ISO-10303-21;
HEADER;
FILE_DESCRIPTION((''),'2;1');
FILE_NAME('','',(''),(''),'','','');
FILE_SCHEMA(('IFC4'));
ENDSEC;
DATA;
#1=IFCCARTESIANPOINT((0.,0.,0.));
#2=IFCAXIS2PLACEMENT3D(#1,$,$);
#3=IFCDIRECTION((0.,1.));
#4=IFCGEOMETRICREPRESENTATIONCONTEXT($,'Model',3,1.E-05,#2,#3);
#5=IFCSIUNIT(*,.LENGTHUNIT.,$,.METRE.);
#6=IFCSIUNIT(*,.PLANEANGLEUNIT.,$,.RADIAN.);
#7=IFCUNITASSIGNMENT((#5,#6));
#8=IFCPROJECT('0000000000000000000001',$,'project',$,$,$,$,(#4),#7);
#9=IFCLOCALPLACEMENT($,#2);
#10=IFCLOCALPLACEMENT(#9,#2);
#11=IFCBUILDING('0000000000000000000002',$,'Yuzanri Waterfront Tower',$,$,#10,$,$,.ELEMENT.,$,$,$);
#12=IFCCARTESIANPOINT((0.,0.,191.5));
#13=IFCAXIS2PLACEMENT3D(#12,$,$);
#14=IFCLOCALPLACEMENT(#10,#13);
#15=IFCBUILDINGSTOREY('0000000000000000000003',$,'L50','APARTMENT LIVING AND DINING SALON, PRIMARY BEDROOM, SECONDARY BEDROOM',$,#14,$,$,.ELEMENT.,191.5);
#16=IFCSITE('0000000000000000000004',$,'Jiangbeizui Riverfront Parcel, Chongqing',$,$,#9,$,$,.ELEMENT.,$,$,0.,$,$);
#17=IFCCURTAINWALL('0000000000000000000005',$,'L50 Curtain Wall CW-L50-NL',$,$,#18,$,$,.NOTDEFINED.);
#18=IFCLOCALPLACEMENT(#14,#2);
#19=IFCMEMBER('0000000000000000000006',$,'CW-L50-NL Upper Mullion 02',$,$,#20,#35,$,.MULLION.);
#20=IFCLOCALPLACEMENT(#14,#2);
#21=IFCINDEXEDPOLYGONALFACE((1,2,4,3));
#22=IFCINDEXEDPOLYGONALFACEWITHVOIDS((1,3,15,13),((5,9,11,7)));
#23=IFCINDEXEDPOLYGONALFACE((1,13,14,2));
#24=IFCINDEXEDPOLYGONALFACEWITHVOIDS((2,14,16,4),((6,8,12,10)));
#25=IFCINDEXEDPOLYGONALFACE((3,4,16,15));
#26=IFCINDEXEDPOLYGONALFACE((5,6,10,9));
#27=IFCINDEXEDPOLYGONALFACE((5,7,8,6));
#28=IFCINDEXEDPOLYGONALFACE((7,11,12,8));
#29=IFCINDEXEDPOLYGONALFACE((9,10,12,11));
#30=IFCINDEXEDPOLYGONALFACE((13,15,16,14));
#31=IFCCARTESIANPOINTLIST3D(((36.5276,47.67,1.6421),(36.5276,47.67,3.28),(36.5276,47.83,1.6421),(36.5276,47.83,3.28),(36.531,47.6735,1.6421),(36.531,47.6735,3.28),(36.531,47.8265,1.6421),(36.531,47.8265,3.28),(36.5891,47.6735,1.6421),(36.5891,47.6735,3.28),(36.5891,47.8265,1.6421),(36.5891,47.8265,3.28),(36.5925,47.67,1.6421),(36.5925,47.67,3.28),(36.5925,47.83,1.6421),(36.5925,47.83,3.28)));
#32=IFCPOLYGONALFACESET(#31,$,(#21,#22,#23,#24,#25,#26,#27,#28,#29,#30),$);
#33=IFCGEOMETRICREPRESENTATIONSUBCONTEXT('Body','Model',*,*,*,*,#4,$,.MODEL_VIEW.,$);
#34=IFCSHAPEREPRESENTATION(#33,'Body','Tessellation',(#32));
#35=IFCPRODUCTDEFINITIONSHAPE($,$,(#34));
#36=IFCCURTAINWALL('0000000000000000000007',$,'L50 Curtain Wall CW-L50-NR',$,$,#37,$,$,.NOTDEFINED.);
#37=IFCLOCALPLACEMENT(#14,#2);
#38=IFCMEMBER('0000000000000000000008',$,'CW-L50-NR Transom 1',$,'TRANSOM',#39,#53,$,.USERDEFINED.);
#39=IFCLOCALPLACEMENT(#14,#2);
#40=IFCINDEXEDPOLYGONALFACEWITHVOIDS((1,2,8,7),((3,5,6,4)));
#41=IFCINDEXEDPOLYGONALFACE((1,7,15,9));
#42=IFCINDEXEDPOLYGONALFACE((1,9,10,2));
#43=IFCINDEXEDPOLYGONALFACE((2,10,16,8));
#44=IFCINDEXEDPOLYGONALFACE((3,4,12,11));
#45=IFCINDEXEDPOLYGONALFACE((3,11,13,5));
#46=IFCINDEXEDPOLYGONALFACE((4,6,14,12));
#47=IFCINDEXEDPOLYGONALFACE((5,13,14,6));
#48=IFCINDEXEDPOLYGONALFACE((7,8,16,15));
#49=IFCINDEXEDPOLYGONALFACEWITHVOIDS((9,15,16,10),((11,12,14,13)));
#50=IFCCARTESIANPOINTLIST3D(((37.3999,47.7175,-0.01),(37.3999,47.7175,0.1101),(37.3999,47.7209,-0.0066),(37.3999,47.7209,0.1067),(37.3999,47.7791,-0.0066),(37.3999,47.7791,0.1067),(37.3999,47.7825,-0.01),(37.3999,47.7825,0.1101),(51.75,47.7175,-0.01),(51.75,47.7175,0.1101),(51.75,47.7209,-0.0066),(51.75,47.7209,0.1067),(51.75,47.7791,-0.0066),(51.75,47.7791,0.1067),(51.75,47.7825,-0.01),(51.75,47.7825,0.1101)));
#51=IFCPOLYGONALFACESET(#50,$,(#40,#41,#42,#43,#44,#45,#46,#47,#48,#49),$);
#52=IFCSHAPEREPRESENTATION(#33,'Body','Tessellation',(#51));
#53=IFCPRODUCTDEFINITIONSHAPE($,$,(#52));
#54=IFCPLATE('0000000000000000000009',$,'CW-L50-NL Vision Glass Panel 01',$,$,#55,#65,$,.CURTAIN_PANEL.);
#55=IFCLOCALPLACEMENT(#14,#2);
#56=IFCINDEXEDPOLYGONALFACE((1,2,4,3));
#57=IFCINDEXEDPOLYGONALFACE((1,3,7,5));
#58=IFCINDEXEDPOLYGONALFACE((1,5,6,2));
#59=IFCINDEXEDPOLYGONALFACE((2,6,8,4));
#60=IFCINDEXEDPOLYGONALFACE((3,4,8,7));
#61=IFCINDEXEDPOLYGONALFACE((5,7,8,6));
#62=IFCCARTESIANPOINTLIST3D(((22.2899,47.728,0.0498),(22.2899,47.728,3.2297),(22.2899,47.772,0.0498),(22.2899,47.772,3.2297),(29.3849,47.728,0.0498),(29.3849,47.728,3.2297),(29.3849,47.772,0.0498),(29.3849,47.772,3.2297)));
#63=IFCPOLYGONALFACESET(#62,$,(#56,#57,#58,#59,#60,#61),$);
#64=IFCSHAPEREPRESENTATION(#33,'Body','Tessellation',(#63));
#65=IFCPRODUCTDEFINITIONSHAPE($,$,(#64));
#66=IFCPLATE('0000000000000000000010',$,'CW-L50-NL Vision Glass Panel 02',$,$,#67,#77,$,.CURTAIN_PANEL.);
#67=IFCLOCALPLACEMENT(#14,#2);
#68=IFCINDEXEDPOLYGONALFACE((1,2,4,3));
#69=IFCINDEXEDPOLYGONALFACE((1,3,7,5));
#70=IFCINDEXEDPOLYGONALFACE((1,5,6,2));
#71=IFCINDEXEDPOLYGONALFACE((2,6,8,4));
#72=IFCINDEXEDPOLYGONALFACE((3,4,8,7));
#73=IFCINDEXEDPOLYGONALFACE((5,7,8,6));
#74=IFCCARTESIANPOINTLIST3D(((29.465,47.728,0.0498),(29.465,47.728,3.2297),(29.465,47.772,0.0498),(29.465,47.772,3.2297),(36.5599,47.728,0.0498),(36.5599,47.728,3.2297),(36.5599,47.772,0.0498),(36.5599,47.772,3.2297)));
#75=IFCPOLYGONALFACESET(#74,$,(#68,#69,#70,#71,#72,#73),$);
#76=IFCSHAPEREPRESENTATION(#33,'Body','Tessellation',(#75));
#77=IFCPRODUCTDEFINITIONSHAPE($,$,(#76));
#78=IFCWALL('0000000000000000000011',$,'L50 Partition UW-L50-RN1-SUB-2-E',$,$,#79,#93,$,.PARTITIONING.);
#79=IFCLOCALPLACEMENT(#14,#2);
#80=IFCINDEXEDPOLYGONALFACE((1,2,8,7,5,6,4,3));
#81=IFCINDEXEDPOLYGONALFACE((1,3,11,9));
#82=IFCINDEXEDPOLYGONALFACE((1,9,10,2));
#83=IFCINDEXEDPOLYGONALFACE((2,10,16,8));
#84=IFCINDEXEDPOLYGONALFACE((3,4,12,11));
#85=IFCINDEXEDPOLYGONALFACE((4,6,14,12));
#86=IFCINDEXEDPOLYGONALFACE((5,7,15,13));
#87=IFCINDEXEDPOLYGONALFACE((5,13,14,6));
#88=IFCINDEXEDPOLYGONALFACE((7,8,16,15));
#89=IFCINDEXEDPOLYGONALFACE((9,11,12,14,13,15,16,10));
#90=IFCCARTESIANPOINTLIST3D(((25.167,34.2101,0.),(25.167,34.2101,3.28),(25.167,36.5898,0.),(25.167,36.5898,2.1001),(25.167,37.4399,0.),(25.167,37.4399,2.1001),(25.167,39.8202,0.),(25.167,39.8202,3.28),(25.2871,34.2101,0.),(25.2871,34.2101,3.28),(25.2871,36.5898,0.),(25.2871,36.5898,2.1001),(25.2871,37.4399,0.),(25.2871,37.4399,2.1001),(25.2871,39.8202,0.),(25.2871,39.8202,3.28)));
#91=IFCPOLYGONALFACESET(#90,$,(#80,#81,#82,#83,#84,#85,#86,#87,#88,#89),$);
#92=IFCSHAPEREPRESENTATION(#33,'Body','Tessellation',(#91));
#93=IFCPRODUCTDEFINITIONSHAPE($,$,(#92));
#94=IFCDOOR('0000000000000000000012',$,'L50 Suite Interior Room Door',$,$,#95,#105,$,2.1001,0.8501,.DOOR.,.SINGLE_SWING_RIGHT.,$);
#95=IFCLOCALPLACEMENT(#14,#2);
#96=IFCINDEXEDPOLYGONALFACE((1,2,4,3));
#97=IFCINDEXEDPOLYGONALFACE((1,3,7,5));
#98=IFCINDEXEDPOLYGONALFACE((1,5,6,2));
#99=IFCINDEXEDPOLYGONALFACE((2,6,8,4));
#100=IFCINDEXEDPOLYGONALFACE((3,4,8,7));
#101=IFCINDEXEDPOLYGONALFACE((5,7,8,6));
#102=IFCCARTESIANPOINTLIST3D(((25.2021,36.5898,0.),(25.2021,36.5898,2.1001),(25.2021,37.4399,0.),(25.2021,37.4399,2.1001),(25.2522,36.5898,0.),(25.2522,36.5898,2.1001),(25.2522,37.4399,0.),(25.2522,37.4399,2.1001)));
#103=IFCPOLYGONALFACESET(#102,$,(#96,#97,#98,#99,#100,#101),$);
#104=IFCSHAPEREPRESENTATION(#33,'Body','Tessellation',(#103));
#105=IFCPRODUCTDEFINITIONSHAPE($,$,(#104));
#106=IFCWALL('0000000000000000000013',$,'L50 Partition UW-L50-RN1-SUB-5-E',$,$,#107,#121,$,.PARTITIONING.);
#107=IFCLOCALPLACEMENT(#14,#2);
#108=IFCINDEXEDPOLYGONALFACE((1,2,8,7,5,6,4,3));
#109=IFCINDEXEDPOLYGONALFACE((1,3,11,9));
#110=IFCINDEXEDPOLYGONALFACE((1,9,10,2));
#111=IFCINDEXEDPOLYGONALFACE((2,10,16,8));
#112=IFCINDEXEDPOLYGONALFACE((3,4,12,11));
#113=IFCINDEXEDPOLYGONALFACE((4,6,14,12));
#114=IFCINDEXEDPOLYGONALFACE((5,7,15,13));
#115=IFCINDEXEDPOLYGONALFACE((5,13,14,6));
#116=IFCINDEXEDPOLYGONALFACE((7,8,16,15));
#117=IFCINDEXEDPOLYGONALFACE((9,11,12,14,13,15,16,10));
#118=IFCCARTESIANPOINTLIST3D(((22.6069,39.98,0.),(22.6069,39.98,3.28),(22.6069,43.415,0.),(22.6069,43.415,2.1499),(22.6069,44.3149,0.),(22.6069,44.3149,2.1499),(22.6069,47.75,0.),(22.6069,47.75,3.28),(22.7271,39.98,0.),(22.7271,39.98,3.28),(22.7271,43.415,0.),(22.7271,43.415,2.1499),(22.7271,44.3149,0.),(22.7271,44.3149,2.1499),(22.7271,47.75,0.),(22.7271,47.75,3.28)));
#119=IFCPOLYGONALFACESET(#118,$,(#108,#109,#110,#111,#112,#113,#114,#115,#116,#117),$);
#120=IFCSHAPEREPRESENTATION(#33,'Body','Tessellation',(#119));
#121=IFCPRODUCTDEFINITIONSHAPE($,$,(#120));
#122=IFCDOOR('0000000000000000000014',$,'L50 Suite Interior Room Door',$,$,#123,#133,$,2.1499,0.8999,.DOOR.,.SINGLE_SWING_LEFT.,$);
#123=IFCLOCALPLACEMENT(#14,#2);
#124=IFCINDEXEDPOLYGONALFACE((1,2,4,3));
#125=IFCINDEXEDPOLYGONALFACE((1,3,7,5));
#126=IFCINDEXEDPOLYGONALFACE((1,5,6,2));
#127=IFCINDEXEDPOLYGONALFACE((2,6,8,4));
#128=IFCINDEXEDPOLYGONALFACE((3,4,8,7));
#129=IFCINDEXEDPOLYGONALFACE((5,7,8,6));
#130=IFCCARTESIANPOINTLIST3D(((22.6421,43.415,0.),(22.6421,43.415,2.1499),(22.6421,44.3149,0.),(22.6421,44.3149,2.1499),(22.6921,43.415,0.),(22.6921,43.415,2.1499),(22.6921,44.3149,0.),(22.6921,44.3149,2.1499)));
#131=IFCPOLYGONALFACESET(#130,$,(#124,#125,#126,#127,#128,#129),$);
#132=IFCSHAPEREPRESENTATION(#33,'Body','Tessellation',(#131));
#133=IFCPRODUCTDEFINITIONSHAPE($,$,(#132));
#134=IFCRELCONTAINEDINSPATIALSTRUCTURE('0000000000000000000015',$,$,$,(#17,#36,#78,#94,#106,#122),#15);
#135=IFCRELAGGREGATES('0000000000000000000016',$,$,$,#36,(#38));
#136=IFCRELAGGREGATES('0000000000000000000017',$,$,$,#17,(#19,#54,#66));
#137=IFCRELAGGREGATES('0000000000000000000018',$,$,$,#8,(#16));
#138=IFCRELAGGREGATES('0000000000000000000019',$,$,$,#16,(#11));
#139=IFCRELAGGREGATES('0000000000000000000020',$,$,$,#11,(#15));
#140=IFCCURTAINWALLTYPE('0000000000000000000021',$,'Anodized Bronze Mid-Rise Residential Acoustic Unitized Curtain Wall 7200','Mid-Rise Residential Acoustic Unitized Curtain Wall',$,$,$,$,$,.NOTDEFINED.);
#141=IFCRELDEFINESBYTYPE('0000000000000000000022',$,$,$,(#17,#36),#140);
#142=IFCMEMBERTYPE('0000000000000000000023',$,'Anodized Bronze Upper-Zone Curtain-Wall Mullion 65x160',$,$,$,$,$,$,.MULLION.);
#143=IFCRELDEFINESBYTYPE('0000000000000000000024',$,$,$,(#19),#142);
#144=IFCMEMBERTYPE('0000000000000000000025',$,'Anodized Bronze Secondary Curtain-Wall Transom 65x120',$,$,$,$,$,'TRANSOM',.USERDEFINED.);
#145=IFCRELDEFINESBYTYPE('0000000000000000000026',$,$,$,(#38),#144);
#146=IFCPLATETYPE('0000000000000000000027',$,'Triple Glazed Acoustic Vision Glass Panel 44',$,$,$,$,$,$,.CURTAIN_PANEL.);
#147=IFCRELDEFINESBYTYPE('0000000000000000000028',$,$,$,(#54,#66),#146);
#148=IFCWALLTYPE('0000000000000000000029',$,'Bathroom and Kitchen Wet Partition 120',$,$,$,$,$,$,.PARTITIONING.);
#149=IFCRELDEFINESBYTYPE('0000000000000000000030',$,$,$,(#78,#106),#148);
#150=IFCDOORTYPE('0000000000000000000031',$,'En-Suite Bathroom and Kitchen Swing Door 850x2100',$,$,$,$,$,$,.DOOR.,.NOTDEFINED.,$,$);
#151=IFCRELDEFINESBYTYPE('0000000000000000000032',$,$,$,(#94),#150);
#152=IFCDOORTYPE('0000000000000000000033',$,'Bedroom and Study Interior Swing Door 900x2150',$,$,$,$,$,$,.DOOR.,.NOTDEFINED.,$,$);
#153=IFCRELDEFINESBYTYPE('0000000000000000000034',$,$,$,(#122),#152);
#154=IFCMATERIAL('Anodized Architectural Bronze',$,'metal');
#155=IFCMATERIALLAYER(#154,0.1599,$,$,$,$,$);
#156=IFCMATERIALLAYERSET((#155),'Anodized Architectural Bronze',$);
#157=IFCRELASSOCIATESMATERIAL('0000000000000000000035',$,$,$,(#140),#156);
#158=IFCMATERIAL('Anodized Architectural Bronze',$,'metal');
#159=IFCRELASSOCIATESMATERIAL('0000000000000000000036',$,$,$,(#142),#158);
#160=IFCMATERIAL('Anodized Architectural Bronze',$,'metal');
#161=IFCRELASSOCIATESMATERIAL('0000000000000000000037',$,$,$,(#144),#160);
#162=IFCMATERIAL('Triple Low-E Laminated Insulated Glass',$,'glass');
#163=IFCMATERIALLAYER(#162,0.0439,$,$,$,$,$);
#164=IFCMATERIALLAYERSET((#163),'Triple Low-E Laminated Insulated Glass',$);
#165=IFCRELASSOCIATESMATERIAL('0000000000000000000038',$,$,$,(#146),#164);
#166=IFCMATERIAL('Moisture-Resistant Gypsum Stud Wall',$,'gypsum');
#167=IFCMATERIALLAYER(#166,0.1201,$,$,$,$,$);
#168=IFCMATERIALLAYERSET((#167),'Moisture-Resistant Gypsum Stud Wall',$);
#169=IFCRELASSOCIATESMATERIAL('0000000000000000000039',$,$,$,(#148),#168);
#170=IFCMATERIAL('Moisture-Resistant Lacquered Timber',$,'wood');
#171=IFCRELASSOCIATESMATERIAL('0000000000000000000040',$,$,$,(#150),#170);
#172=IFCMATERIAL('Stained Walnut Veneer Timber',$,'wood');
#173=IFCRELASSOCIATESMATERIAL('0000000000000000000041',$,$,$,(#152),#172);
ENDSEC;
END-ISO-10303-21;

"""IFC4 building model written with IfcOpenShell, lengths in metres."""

from ifc_helpers import new_model, si_unit, direction, frame, frame_2d, origin, origin_2d, place, context, subcontext, project, spatial, rectangle, hollow_rectangle, extrude, source, transform, mapped, material, layer, layer_set, material_profile, profile_set, type_object, element, fill, aggregate, save


model = new_model("IFC4")

# Units and contexts
model_context = context("Model", 3, precision=1e-05, world=origin(), true_north=direction((0.0, 1.0)))
body_context = subcontext(model_context, "Body", "Model", "MODEL_VIEW")
ifc_project = project(units=[si_unit("LENGTHUNIT", "METRE"), si_unit("PLANEANGLEUNIT", "RADIAN")], contexts=[model_context])

# Site, building, storey
site_placement = place(None, origin())
site = spatial("IfcSite", under=ifc_project, at=site_placement, Name="Jiangbeizui Riverfront Parcel, Chongqing", CompositionType="ELEMENT", RefElevation=0.0)
building_placement = place(site_placement, origin())
building = spatial("IfcBuilding", under=site, at=building_placement, Name="Yuzanri Waterfront Tower", CompositionType="ELEMENT")
storey_placement = place(building_placement, frame((0.0, 0.0, 191.5)))
storey = spatial("IfcBuildingStorey", under=building, at=storey_placement, Name="L50", Description="APARTMENT LIVING AND DINING SALON, PRIMARY BEDROOM, SECONDARY BEDROOM", CompositionType="ELEMENT", Elevation=191.5)

# Curtain wall, member
ifc_material_1 = material(Name="Anodized Architectural Bronze", Category="metal")
ifc_layer_1 = layer(ifc_material_1, 0.1599)
ifc_layer_set_1 = layer_set([ifc_layer_1], Name="Anodized Architectural Bronze")
curtain_wall_type = type_object("IfcCurtainWallType", Name="Anodized Bronze Mid-Rise Residential Acoustic Unitized Curtain Wall 7200", Description="Mid-Rise Residential Acoustic Unitized Curtain Wall", PredefinedType="NOTDEFINED", material=ifc_layer_set_1)
curtain_wall_1_placement = place(storey_placement, origin())
curtain_wall_1 = element("IfcCurtainWall", 1, at=curtain_wall_1_placement, inside=storey, type_object=curtain_wall_type, Name="L50 Curtain Wall CW-L50-NL", PredefinedType="NOTDEFINED")
ifc_material_2 = material(Name="Anodized Architectural Bronze", Category="metal")
ifc_material_profile_1 = material_profile(ifc_material_2, hollow_rectangle(XDim=0.0649, YDim=0.1599, WallThickness=0.0034, at=origin_2d()), Name="CWM 65x160")
ifc_profile_set_1 = profile_set([ifc_material_profile_1], Name="Anodized Architectural Bronze")
member_type_1 = type_object("IfcMemberType", Name="Anodized Bronze Upper-Zone Curtain-Wall Mullion 65x160", PredefinedType="MULLION", material=ifc_profile_set_1)
shared_shape_1 = source(origin(), body_context, "Body", "SweptSolid", [
    extrude(hollow_rectangle(XDim=0.0649, YDim=0.1599, WallThickness=0.0034, at=origin_2d()), origin(), (0.0, 0.0, 1.0), 1.6379),
])
member_1_placement = place(storey_placement, frame((36.5601, 47.75, 1.6421), z_axis=(0.0, 0.0, 1.0), x_axis=(1.0, 0.0, 0.0)))
member_1 = element("IfcMember", 2, at=member_1_placement, type_object=member_type_1, Name="CW-L50-NL Upper Mullion 02", PredefinedType="MULLION", context=body_context, shape_type="MappedRepresentation", body=[
    mapped(shared_shape_1, transform((0.0, 0.0, 0.0), scale=1.0)),
])

# Curtain wall, member
curtain_wall_2_placement = place(storey_placement, origin())
curtain_wall_2 = element("IfcCurtainWall", 3, at=curtain_wall_2_placement, inside=storey, type_object=curtain_wall_type, Name="L50 Curtain Wall CW-L50-NR", PredefinedType="NOTDEFINED")
ifc_material_3 = material(Name="Anodized Architectural Bronze", Category="metal")
ifc_material_profile_2 = material_profile(ifc_material_3, hollow_rectangle(XDim=0.0649, YDim=0.1201, WallThickness=0.0034, at=origin_2d()), Name="CWT 65x120")
ifc_profile_set_2 = profile_set([ifc_material_profile_2], Name="Anodized Architectural Bronze")
member_type_2 = type_object("IfcMemberType", Name="Anodized Bronze Secondary Curtain-Wall Transom 65x120", ElementType="TRANSOM", PredefinedType="USERDEFINED", material=ifc_profile_set_2)
shared_shape_2 = source(origin(), body_context, "Body", "SweptSolid", [
    extrude(hollow_rectangle(XDim=0.0649, YDim=0.1201, WallThickness=0.0034, at=origin_2d()), origin(), (0.0, 0.0, 1.0), 14.3501),
])
member_2_placement = place(storey_placement, frame((37.3999, 47.75, 0.05), z_axis=(1.0, 0.0, 0.0), x_axis=(0.0, 1.0, 0.0)))
member_2 = element("IfcMember", 4, at=member_2_placement, type_object=member_type_2, Name="CW-L50-NR Transom 1", ObjectType="TRANSOM", PredefinedType="USERDEFINED", context=body_context, shape_type="MappedRepresentation", body=[
    mapped(shared_shape_2, transform((0.0, 0.0, 0.0), scale=1.0)),
])
aggregate(curtain_wall_2, [member_2])

# Plates
ifc_material_4 = material(Name="Triple Low-E Laminated Insulated Glass", Category="glass")
ifc_layer_2 = layer(ifc_material_4, 0.0439)
ifc_layer_set_2 = layer_set([ifc_layer_2], Name="Triple Low-E Laminated Insulated Glass")
plate_type = type_object("IfcPlateType", Name="Triple Glazed Acoustic Vision Glass Panel 44", PredefinedType="CURTAIN_PANEL", material=ifc_layer_set_2)
shared_shape_3 = source(origin(), body_context, "Body", "SweptSolid", [
    extrude(rectangle(XDim=7.095, YDim=0.0439, at=origin_2d()), origin(), (0.0, 0.0, 1.0), 3.1799),
])
plate_1_placement = place(storey_placement, frame((25.8374, 47.75, 0.0498), z_axis=(0.0, 0.0, 1.0), x_axis=(1.0, 0.0, 0.0)))
plate_1 = element("IfcPlate", 5, at=plate_1_placement, type_object=plate_type, Name="CW-L50-NL Vision Glass Panel 01", PredefinedType="CURTAIN_PANEL", context=body_context, shape_type="MappedRepresentation", body=[
    mapped(shared_shape_3, transform((0.0, 0.0, 0.0), scale=1.0)),
])
plate_2_placement = place(storey_placement, frame((33.0125, 47.75, 0.0498), z_axis=(0.0, 0.0, 1.0), x_axis=(1.0, 0.0, 0.0)))
plate_2 = element("IfcPlate", 6, at=plate_2_placement, type_object=plate_type, Name="CW-L50-NL Vision Glass Panel 02", PredefinedType="CURTAIN_PANEL", context=body_context, shape_type="MappedRepresentation", body=[
    mapped(shared_shape_3, transform((0.0, 0.0, 0.0), scale=1.0)),
])
aggregate(curtain_wall_1, [member_1, plate_1, plate_2])

# Walls, openings, doors
ifc_material_5 = material(Name="Moisture-Resistant Gypsum Stud Wall", Category="gypsum")
ifc_layer_3 = layer(ifc_material_5, 0.1201)
ifc_layer_set_3 = layer_set([ifc_layer_3], Name="Moisture-Resistant Gypsum Stud Wall")
wall_type = type_object("IfcWallType", Name="Bathroom and Kitchen Wet Partition 120", PredefinedType="PARTITIONING", material=ifc_layer_set_3)
wall_1_placement = place(storey_placement, frame((25.2271, 34.21, 0.0), z_axis=(0.0, 0.0, 1.0), x_axis=(0.0, 1.0, 0.0)))
wall_1 = element("IfcWall", 7, at=wall_1_placement, inside=storey, type_object=wall_type, Name="L50 Partition UW-L50-RN1-SUB-2-E", PredefinedType="PARTITIONING", context=body_context, shape_type="SweptSolid", body=[
    extrude(rectangle(XDim=5.6101, YDim=0.1201, at=frame_2d((2.8052, 0.0))), origin(), (0.0, 0.0, 1.0), 3.28),
])
opening_1_placement = place(wall_1_placement, frame((2.3799, 0.0, 0.0)))
opening_1 = element("IfcOpeningElement", 8, at=opening_1_placement, cuts=wall_1, PredefinedType="OPENING", context=body_context, shape_type="SweptSolid", body=[
    extrude(rectangle(XDim=0.8501, YDim=2.1001, at=frame_2d((0.425, 1.05))), frame((0.0, 0.075, 0.0), z_axis=(0.0, -1.0, 0.0), x_axis=(1.0, 0.0, 0.0)), (0.0, 0.0, 1.0), 0.1499),
])
ifc_material_6 = material(Name="Moisture-Resistant Lacquered Timber", Category="wood")
door_type_1 = type_object("IfcDoorType", Name="En-Suite Bathroom and Kitchen Swing Door 850x2100", OperationType="NOTDEFINED", PredefinedType="DOOR", material=ifc_material_6)
shared_shape_4 = source(origin(), body_context, "Body", "SweptSolid", [
    extrude(rectangle(XDim=0.8501, YDim=2.1001, at=frame_2d((0.425, 1.05))), frame((0.0, 0.0249, 0.0), z_axis=(0.0, -1.0, 0.0), x_axis=(1.0, 0.0, 0.0)), (0.0, 0.0, 1.0), 0.05),
])
door_1_placement = place(opening_1_placement, origin())
door_1 = element("IfcDoor", 9, at=door_1_placement, inside=storey, type_object=door_type_1, Name="L50 Suite Interior Room Door", OperationType="SINGLE_SWING_RIGHT", OverallHeight=2.1001, OverallWidth=0.8501, PredefinedType="DOOR", context=body_context, shape_type="MappedRepresentation", body=[
    mapped(shared_shape_4, transform((0.0, 0.0, 0.0), scale=1.0)),
])
fill(opening_1, door_1)
wall_2_placement = place(storey_placement, frame((22.667, 39.98, 0.0), z_axis=(0.0, 0.0, 1.0), x_axis=(0.0, 1.0, 0.0)))
wall_2 = element("IfcWall", 10, at=wall_2_placement, inside=storey, type_object=wall_type, Name="L50 Partition UW-L50-RN1-SUB-5-E", PredefinedType="PARTITIONING", context=body_context, shape_type="SweptSolid", body=[
    extrude(rectangle(XDim=7.77, YDim=0.1201, at=frame_2d((3.885, 0.0))), origin(), (0.0, 0.0, 1.0), 3.28),
])
opening_2_placement = place(wall_2_placement, frame((3.4351, 0.0, 0.0)))
opening_2 = element("IfcOpeningElement", 11, at=opening_2_placement, cuts=wall_2, PredefinedType="OPENING", context=body_context, shape_type="SweptSolid", body=[
    extrude(rectangle(XDim=0.8999, YDim=2.1499, at=frame_2d((0.45, 1.075))), frame((0.0, 0.075, 0.0), z_axis=(0.0, -1.0, 0.0), x_axis=(1.0, 0.0, 0.0)), (0.0, 0.0, 1.0), 0.1499),
])
ifc_material_7 = material(Name="Stained Walnut Veneer Timber", Category="wood")
door_type_2 = type_object("IfcDoorType", Name="Bedroom and Study Interior Swing Door 900x2150", OperationType="NOTDEFINED", PredefinedType="DOOR", material=ifc_material_7)
shared_shape_5 = source(origin(), body_context, "Body", "SweptSolid", [
    extrude(rectangle(XDim=0.8999, YDim=2.1499, at=frame_2d((0.45, 1.075))), frame((0.0, 0.0249, 0.0), z_axis=(0.0, -1.0, 0.0), x_axis=(1.0, 0.0, 0.0)), (0.0, 0.0, 1.0), 0.05),
])
door_2_placement = place(opening_2_placement, origin())
door_2 = element("IfcDoor", 12, at=door_2_placement, inside=storey, type_object=door_type_2, Name="L50 Suite Interior Room Door", OperationType="SINGLE_SWING_LEFT", OverallHeight=2.1499, OverallWidth=0.8999, PredefinedType="DOOR", context=body_context, shape_type="MappedRepresentation", body=[
    mapped(shared_shape_5, transform((0.0, 0.0, 0.0), scale=1.0)),
])
fill(opening_2, door_2)

save(model, "model.ifc")
